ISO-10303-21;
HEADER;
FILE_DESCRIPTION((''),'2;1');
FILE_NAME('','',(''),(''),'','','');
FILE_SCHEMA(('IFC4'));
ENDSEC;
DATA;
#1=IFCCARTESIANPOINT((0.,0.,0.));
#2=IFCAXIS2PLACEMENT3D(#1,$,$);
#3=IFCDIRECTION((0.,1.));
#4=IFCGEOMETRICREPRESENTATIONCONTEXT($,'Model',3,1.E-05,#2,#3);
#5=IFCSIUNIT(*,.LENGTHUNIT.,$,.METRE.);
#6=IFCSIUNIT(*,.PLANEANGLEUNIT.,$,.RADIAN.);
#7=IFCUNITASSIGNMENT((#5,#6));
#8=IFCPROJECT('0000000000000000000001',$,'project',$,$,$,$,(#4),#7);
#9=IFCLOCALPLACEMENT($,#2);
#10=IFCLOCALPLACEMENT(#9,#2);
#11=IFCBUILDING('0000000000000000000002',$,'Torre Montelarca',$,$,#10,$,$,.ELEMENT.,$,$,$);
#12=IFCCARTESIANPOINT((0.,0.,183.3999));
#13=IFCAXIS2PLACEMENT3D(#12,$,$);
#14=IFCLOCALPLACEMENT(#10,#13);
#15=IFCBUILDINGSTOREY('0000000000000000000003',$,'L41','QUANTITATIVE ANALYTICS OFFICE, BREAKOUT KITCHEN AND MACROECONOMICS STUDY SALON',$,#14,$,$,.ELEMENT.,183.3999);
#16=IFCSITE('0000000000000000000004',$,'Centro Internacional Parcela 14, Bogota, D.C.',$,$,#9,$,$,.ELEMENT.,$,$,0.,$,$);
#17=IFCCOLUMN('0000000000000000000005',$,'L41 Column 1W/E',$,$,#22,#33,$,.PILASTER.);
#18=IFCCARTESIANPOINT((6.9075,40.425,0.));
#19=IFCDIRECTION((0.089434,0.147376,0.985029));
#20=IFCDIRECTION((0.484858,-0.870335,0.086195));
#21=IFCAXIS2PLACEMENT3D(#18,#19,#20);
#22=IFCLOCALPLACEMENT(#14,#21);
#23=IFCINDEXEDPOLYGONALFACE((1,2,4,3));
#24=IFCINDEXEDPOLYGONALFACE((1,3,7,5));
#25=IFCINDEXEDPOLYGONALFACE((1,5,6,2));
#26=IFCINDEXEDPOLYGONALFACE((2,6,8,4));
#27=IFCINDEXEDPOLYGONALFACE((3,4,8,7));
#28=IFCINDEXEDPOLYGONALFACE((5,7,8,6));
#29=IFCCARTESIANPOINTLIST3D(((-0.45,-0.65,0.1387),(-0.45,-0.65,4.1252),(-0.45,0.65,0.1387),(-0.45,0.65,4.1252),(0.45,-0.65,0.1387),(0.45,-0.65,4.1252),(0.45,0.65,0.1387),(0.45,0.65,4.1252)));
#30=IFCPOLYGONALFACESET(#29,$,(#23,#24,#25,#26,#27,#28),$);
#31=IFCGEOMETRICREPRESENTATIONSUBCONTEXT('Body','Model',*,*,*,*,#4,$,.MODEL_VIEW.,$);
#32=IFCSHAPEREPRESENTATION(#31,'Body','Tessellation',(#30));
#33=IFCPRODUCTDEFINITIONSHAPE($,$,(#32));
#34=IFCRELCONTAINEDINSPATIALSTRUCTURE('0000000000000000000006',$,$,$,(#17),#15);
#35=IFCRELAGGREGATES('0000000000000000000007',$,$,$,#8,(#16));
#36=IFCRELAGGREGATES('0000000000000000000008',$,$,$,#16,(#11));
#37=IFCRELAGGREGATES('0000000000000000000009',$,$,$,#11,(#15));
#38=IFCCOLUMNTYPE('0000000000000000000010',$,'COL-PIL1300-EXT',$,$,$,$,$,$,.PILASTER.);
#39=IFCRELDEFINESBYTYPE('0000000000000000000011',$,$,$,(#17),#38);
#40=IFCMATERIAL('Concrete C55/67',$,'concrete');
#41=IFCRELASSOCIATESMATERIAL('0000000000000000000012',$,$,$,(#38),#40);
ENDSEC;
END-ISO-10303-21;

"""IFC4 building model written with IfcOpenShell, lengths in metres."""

from ifc_helpers import new_model, si_unit, direction, frame, origin, origin_2d, place, context, subcontext, project, spatial, rectangle, extrude, clip, halfspace, material, material_profile, profile_set, type_object, element, save


model = new_model("IFC4")

# Units and contexts
model_context = context("Model", 3, precision=1e-05, world=origin(), true_north=direction((0.0, 1.0)))
body_context = subcontext(model_context, "Body", "Model", "MODEL_VIEW")
ifc_project = project(units=[si_unit("LENGTHUNIT", "METRE"), si_unit("PLANEANGLEUNIT", "RADIAN")], contexts=[model_context])

# Site, building, storey
site_placement = place(None, origin())
site = spatial("IfcSite", under=ifc_project, at=site_placement, Name="Centro Internacional Parcela 14, Bogota, D.C.", CompositionType="ELEMENT", RefElevation=0.0)
building_placement = place(site_placement, origin())
building = spatial("IfcBuilding", under=site, at=building_placement, Name="Torre Montelarca", CompositionType="ELEMENT")
storey_placement = place(building_placement, frame((0.0, 0.0, 183.3999)))
storey = spatial("IfcBuildingStorey", under=building, at=storey_placement, Name="L41", Description="QUANTITATIVE ANALYTICS OFFICE, BREAKOUT KITCHEN AND MACROECONOMICS STUDY SALON", CompositionType="ELEMENT", Elevation=183.3999)

# Column
ifc_material_1 = material(Name="Concrete C55/67", Category="concrete")
ifc_material_profile_1 = material_profile(ifc_material_1, rectangle(XDim=0.8999, YDim=1.3, at=origin_2d()), Name="RC1300X900", Category="concrete")
ifc_profile_set_1 = profile_set([ifc_material_profile_1], Name="Concrete C55/67")
column_type = type_object("IfcColumnType", Name="COL-PIL1300-EXT", PredefinedType="PILASTER", material=ifc_profile_set_1)
column_placement = place(storey_placement, frame((6.9075, 40.425, 0.0), z_axis=(0.089434, 0.147376, 0.985029), x_axis=(0.484858, -0.870335, 0.086195)))
element("IfcColumn", 1, at=column_placement, inside=storey, type_object=column_type, Name="L41 Column 1W/E", PredefinedType="PILASTER", context=body_context, shape_type="Clipping", body=[
    clip(clip(extrude(rectangle(XDim=0.8999, YDim=1.3, at=origin_2d()), origin(), (0.0, 0.0, 1.0), 4.2639), halfspace(frame((0.0, 0.0, 0.1387), z_axis=(0.0, 0.0, -1.0), x_axis=(1.0, 0.0, 0.0)), False)), halfspace(frame((0.0, 0.0, 4.1252), z_axis=(0.0, 0.0, 1.0), x_axis=(1.0, 0.0, 0.0)), False)),
])

save(model, "model.ifc")
